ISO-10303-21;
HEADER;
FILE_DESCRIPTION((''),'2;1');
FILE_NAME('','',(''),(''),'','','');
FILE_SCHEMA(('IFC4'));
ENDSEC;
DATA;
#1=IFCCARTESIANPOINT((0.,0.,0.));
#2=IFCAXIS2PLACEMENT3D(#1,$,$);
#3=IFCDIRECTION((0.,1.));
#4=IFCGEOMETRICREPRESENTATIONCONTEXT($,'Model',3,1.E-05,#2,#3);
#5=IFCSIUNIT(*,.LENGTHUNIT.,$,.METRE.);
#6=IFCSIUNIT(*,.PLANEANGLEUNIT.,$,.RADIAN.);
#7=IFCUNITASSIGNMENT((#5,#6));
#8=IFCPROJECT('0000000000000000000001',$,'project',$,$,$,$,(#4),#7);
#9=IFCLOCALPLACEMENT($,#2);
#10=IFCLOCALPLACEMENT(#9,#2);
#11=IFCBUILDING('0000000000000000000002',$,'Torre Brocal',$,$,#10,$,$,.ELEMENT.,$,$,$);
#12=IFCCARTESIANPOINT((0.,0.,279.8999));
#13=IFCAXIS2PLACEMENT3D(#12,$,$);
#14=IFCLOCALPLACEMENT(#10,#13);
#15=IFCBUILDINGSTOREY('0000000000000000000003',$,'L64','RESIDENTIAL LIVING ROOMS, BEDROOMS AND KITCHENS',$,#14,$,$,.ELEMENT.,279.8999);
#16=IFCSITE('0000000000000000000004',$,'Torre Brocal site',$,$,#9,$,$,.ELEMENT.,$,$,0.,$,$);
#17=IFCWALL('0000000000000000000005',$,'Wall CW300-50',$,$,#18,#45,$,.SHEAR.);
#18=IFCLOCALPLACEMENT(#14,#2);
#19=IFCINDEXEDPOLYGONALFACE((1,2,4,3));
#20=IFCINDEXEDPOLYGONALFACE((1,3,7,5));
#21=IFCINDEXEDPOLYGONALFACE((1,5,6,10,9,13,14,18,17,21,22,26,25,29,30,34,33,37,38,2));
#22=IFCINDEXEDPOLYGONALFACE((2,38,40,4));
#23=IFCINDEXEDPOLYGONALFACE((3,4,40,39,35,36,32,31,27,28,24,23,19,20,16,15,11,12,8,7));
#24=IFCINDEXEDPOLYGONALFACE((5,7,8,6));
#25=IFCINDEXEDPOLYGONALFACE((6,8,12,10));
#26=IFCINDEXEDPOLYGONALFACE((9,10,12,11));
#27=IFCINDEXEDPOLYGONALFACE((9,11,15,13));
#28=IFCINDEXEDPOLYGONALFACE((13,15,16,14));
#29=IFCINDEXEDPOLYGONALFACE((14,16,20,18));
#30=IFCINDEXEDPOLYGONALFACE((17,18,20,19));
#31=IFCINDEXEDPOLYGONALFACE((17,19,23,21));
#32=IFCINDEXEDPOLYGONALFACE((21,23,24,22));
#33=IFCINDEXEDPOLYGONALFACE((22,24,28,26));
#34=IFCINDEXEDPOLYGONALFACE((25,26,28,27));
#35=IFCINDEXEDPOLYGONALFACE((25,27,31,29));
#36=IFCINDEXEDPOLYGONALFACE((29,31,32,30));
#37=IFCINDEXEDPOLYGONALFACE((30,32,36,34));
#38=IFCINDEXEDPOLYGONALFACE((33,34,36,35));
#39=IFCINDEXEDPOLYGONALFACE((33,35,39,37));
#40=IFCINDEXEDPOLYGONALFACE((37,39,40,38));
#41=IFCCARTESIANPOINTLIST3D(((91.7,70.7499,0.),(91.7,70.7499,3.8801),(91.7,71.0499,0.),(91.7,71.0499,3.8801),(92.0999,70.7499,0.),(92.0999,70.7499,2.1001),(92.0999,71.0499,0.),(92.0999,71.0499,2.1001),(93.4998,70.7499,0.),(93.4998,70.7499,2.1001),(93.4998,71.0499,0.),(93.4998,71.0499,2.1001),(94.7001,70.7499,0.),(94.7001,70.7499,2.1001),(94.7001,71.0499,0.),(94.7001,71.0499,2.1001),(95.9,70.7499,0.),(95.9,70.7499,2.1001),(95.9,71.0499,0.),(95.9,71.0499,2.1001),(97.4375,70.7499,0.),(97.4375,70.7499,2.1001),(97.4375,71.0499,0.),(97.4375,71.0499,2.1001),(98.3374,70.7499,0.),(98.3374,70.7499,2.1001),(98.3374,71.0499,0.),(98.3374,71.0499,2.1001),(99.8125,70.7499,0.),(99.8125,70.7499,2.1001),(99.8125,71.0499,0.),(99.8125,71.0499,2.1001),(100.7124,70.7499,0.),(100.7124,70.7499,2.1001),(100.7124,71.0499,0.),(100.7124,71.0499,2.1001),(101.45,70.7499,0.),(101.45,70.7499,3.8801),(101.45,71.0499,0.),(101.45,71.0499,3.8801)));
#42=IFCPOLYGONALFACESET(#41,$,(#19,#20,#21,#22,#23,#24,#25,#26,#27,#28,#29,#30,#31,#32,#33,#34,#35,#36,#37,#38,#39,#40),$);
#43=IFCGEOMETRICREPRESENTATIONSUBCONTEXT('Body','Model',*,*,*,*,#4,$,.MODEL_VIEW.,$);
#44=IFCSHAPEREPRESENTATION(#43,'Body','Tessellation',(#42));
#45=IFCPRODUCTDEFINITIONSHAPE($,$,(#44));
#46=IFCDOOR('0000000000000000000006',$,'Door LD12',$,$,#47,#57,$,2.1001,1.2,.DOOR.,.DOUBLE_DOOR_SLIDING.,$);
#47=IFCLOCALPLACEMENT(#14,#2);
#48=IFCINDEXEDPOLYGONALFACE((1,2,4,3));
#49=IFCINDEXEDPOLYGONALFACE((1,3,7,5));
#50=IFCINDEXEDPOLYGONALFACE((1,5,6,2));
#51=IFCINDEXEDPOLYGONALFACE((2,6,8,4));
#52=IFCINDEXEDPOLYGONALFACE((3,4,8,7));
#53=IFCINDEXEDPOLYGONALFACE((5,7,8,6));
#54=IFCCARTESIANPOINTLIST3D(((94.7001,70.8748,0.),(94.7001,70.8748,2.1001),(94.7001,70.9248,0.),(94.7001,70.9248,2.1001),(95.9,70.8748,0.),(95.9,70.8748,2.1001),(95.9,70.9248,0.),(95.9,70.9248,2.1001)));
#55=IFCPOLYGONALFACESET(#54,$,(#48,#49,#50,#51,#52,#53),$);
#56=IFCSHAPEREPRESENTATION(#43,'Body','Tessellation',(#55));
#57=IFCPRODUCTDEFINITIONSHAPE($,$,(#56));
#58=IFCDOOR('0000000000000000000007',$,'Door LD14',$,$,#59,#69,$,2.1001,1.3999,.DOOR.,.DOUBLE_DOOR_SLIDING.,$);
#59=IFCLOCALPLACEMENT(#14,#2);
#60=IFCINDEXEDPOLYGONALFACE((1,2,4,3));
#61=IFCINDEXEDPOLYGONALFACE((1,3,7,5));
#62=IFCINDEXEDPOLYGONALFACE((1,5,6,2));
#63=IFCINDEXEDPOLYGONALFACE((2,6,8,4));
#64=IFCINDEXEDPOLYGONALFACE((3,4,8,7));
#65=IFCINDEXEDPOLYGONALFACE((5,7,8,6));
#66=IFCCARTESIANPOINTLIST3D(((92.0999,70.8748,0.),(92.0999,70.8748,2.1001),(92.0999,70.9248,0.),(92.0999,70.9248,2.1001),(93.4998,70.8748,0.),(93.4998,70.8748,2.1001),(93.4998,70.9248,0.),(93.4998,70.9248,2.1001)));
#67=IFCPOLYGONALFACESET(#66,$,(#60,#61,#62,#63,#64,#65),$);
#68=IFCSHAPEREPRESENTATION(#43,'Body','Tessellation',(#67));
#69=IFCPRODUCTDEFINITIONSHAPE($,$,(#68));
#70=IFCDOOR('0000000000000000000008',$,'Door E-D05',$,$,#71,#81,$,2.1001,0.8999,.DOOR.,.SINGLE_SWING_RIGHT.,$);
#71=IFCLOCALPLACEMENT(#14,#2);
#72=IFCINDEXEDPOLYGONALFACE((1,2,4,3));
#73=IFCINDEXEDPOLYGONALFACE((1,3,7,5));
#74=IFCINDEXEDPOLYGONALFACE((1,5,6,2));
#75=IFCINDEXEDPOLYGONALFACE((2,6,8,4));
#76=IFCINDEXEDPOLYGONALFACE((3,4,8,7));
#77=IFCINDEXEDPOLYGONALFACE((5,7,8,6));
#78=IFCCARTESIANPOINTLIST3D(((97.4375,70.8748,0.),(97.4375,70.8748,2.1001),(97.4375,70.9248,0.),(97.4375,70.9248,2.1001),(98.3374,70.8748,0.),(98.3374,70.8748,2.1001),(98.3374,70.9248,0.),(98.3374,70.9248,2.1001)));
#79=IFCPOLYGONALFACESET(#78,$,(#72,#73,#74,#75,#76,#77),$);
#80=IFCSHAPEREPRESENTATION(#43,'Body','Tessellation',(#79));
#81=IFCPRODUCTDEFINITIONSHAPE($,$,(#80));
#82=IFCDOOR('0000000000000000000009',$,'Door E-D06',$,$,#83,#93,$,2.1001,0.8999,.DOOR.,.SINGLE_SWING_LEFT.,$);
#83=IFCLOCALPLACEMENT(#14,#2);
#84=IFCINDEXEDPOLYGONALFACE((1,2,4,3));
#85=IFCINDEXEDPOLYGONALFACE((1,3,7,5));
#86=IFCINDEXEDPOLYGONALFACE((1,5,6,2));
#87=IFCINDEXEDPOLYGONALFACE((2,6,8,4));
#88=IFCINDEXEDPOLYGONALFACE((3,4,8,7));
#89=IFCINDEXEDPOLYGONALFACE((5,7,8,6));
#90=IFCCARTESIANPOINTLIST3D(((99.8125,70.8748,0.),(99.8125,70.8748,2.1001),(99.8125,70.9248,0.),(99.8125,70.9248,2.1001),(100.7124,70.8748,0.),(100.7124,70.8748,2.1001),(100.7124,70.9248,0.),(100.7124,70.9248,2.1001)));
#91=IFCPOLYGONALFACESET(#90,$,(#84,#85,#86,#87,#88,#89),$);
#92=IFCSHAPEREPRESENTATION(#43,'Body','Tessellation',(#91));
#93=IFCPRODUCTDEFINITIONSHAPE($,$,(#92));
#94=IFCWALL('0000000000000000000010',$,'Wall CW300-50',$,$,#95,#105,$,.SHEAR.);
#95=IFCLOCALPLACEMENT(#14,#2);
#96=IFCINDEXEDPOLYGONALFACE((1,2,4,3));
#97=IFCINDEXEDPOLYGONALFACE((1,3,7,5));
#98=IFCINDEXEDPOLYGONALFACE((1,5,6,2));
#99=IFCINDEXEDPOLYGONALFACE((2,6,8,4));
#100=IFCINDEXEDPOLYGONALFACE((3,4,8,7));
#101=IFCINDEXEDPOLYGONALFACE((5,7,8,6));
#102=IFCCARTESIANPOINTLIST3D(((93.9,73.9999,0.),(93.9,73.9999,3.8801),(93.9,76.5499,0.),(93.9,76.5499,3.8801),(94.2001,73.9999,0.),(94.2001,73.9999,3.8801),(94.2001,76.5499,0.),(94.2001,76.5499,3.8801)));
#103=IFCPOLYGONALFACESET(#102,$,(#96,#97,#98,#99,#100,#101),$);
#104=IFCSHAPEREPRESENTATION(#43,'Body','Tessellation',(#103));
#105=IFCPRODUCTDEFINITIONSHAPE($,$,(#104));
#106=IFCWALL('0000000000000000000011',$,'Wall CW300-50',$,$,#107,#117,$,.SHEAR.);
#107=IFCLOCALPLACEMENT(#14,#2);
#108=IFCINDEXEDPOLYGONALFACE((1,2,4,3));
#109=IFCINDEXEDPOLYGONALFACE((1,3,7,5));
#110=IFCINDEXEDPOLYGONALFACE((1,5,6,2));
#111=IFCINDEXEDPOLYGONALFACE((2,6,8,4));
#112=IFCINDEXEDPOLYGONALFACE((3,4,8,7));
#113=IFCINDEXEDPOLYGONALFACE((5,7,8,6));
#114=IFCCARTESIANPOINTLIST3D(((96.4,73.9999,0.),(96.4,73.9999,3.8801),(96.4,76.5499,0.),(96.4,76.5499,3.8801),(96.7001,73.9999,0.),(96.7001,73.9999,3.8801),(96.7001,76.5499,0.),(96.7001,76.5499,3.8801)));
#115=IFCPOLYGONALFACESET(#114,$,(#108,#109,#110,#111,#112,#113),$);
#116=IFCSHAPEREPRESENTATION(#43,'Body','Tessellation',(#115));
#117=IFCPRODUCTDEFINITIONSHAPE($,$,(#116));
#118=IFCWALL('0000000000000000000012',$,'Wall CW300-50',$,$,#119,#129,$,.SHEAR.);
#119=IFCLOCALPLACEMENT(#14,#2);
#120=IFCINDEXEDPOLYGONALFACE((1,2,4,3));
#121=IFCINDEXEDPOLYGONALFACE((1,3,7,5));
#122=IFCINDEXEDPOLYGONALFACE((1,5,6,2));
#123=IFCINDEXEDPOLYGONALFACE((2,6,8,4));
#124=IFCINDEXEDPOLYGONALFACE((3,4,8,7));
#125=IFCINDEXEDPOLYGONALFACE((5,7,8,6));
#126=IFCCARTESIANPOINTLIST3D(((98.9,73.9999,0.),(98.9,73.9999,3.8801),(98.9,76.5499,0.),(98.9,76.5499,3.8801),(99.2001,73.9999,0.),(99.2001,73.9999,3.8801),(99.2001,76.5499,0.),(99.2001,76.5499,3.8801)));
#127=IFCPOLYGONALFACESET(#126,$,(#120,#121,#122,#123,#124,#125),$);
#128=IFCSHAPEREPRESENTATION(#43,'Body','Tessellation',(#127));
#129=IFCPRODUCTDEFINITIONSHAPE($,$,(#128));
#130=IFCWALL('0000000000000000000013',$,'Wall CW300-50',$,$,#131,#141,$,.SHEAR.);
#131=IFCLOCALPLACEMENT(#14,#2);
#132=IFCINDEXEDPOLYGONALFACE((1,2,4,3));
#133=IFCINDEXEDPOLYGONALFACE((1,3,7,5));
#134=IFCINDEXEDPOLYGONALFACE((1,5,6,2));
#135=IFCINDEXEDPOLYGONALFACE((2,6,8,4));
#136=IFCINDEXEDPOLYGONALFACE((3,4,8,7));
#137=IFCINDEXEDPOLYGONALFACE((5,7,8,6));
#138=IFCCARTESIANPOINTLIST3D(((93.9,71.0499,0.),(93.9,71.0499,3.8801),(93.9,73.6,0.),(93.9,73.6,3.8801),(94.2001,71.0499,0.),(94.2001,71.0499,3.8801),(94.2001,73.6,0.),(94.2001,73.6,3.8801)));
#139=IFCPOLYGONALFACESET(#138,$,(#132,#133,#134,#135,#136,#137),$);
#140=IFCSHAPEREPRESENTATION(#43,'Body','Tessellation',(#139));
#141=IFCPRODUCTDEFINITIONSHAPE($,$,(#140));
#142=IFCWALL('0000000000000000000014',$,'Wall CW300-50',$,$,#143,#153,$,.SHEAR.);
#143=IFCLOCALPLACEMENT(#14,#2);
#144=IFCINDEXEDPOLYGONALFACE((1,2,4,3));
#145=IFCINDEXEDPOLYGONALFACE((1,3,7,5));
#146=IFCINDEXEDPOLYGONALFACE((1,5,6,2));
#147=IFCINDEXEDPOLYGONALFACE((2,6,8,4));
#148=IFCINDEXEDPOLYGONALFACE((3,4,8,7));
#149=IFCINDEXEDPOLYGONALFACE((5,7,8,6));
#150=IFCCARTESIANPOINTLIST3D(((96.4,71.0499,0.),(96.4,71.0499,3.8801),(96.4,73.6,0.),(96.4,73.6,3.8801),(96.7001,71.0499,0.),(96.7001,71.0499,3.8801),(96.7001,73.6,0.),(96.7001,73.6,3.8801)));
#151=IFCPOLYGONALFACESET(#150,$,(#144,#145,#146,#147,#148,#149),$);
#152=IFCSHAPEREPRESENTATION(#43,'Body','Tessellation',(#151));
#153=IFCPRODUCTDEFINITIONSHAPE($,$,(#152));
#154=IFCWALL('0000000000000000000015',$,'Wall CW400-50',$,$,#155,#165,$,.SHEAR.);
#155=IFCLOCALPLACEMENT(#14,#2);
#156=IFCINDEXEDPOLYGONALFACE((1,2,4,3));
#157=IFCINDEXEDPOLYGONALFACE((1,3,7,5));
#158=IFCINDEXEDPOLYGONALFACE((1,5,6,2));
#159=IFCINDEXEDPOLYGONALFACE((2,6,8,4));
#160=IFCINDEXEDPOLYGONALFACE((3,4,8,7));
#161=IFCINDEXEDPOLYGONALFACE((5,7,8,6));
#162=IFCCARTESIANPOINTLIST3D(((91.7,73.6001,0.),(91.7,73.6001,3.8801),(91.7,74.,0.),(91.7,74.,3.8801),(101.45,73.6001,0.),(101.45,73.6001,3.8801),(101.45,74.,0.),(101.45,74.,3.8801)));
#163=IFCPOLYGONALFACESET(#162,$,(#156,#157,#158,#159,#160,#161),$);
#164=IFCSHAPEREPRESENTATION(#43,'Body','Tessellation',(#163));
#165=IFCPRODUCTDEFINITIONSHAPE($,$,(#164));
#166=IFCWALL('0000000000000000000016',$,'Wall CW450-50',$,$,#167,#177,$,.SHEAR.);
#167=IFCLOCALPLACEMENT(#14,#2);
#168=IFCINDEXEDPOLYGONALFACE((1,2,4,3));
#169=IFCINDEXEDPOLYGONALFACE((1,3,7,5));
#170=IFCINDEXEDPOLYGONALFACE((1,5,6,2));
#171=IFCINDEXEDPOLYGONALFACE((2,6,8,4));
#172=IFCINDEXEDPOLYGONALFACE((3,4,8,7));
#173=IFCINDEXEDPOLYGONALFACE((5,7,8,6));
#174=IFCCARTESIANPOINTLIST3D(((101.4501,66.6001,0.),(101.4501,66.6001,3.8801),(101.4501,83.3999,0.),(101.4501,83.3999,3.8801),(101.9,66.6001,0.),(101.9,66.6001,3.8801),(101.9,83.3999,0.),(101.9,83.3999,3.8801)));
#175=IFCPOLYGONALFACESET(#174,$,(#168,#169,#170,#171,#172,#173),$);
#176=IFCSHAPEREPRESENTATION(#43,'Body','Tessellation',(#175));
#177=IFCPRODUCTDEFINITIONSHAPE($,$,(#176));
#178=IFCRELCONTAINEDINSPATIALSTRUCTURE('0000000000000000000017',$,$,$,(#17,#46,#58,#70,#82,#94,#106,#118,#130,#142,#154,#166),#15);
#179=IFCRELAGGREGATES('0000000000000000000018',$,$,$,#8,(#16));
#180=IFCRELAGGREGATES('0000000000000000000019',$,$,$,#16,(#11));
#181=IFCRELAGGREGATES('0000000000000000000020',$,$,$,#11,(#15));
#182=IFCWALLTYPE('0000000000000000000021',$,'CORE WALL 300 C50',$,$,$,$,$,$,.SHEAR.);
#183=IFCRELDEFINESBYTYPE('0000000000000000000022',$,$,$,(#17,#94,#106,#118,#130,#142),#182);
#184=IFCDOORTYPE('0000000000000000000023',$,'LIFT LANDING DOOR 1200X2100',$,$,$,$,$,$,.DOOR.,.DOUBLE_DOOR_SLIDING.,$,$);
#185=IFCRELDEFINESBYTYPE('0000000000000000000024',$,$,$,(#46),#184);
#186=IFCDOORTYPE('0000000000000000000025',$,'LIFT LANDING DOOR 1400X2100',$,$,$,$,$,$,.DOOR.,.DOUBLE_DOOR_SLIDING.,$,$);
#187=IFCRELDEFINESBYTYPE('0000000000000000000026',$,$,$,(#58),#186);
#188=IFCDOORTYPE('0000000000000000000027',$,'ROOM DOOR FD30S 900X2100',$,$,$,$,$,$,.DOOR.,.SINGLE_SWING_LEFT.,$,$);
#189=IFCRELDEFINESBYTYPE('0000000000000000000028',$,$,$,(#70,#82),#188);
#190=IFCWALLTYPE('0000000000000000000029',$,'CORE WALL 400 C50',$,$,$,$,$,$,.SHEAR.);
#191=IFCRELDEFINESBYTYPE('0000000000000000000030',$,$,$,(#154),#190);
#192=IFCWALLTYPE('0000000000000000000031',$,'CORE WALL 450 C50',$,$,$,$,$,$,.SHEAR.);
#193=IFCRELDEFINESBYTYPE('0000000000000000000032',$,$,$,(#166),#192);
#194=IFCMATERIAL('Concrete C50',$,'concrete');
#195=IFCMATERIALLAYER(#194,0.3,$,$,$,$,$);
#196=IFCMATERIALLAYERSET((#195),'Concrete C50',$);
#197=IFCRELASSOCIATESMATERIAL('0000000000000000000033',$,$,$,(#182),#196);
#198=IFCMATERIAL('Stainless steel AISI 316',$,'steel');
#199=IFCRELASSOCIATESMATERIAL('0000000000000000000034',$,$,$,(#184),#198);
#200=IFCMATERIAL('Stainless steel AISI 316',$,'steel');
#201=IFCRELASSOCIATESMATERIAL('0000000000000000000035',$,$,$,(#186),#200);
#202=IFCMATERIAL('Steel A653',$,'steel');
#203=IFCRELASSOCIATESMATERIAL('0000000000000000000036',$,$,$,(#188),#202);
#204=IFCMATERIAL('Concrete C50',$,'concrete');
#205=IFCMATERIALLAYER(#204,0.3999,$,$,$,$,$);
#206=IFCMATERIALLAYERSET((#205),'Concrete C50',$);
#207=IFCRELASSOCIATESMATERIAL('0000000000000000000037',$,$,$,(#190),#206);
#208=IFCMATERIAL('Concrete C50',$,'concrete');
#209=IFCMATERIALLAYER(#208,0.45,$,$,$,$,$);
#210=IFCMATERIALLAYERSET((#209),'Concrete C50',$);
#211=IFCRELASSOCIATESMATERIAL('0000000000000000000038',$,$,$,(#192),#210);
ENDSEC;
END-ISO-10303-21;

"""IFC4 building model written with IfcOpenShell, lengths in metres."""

from ifc_helpers import new_model, si_unit, direction, frame, frame_2d, origin, place, context, subcontext, project, spatial, rectangle, extrude, material, layer, layer_set, type_object, element, fill, save


model = new_model("IFC4")

# Units and contexts
model_context = context("Model", 3, precision=1e-05, world=origin(), true_north=direction((0.0, 1.0)))
body_context = subcontext(model_context, "Body", "Model", "MODEL_VIEW")
ifc_project = project(units=[si_unit("LENGTHUNIT", "METRE"), si_unit("PLANEANGLEUNIT", "RADIAN")], contexts=[model_context])

# Site, building, storey
site_placement = place(None, origin())
site = spatial("IfcSite", under=ifc_project, at=site_placement, Name="Torre Brocal site", CompositionType="ELEMENT", RefElevation=0.0)
building_placement = place(site_placement, origin())
building = spatial("IfcBuilding", under=site, at=building_placement, Name="Torre Brocal", CompositionType="ELEMENT")
storey_placement = place(building_placement, frame((0.0, 0.0, 279.8999)))
storey = spatial("IfcBuildingStorey", under=building, at=storey_placement, Name="L64", Description="RESIDENTIAL LIVING ROOMS, BEDROOMS AND KITCHENS", CompositionType="ELEMENT", Elevation=279.8999)

# Shared definitions
ifc_material_1 = material(Name="Concrete C50", Category="concrete")
ifc_layer_1 = layer(ifc_material_1, 0.3)
ifc_layer_set_1 = layer_set([ifc_layer_1], Name="Concrete C50")
wall_type_1 = type_object("IfcWallType", Name="CORE WALL 300 C50", PredefinedType="SHEAR", material=ifc_layer_set_1)

# Wall, openings, doors
wall_1_placement = place(storey_placement, frame((91.7, 70.8999, 0.0), z_axis=(0.0, 0.0, 1.0), x_axis=(1.0, 0.0, 0.0)))
wall_1 = element("IfcWall", 1, at=wall_1_placement, inside=storey, type_object=wall_type_1, Name="Wall CW300-50", PredefinedType="SHEAR", context=body_context, shape_type="SweptSolid", body=[
    extrude(rectangle(XDim=9.75, YDim=0.3, at=frame_2d((4.875, 0.0))), origin(), (0.0, 0.0, 1.0), 3.8801),
])
opening_1_placement = place(wall_1_placement, frame((0.3999, 0.0, 0.0)))
opening_1 = element("IfcOpeningElement", 2, at=opening_1_placement, cuts=wall_1, PredefinedType="OPENING", context=body_context, shape_type="SweptSolid", body=[
    extrude(rectangle(XDim=1.3999, YDim=2.1001, at=frame_2d((0.7, 1.05))), frame((0.0, 0.1599, 0.0), z_axis=(0.0, -1.0, 0.0), x_axis=(1.0, 0.0, 0.0)), (0.0, 0.0, 1.0), 0.3201),
])
opening_2_placement = place(wall_1_placement, frame((3.0, 0.0, 0.0)))
opening_2 = element("IfcOpeningElement", 3, at=opening_2_placement, cuts=wall_1, PredefinedType="OPENING", context=body_context, shape_type="SweptSolid", body=[
    extrude(rectangle(XDim=1.2, YDim=2.1001, at=frame_2d((0.6001, 1.05))), frame((0.0, 0.1599, 0.0), z_axis=(0.0, -1.0, 0.0), x_axis=(1.0, 0.0, 0.0)), (0.0, 0.0, 1.0), 0.3201),
])
opening_3_placement = place(wall_1_placement, frame((5.7375, 0.0, 0.0)))
opening_3 = element("IfcOpeningElement", 4, at=opening_3_placement, cuts=wall_1, PredefinedType="OPENING", context=body_context, shape_type="SweptSolid", body=[
    extrude(rectangle(XDim=0.8999, YDim=2.1001, at=frame_2d((0.45, 1.05))), frame((0.0, 0.1599, 0.0), z_axis=(0.0, -1.0, 0.0), x_axis=(1.0, 0.0, 0.0)), (0.0, 0.0, 1.0), 0.3201),
])
opening_4_placement = place(wall_1_placement, frame((8.1125, 0.0, 0.0)))
opening_4 = element("IfcOpeningElement", 5, at=opening_4_placement, cuts=wall_1, PredefinedType="OPENING", context=body_context, shape_type="SweptSolid", body=[
    extrude(rectangle(XDim=0.8999, YDim=2.1001, at=frame_2d((0.45, 1.05))), frame((0.0, 0.1599, 0.0), z_axis=(0.0, -1.0, 0.0), x_axis=(1.0, 0.0, 0.0)), (0.0, 0.0, 1.0), 0.3201),
])
ifc_material_2 = material(Name="Stainless steel AISI 316", Category="steel")
door_type_1 = type_object("IfcDoorType", Name="LIFT LANDING DOOR 1200X2100", OperationType="DOUBLE_DOOR_SLIDING", PredefinedType="DOOR", material=ifc_material_2)
door_1_placement = place(opening_2_placement, origin())
door_1 = element("IfcDoor", 6, at=door_1_placement, inside=storey, type_object=door_type_1, Name="Door LD12", OperationType="DOUBLE_DOOR_SLIDING", OverallHeight=2.1001, OverallWidth=1.2, PredefinedType="DOOR", context=body_context, shape_type="SweptSolid", body=[
    extrude(rectangle(XDim=1.2, YDim=2.1001, at=frame_2d((0.6001, 1.05))), frame((0.0, 0.0249, 0.0), z_axis=(0.0, -1.0, 0.0), x_axis=(1.0, 0.0, 0.0)), (0.0, 0.0, 1.0), 0.05),
])
fill(opening_2, door_1)
ifc_material_3 = material(Name="Stainless steel AISI 316", Category="steel")
door_type_2 = type_object("IfcDoorType", Name="LIFT LANDING DOOR 1400X2100", OperationType="DOUBLE_DOOR_SLIDING", PredefinedType="DOOR", material=ifc_material_3)
door_2_placement = place(opening_1_placement, origin())
door_2 = element("IfcDoor", 7, at=door_2_placement, inside=storey, type_object=door_type_2, Name="Door LD14", OperationType="DOUBLE_DOOR_SLIDING", OverallHeight=2.1001, OverallWidth=1.3999, PredefinedType="DOOR", context=body_context, shape_type="SweptSolid", body=[
    extrude(rectangle(XDim=1.3999, YDim=2.1001, at=frame_2d((0.7, 1.05))), frame((0.0, 0.0249, 0.0), z_axis=(0.0, -1.0, 0.0), x_axis=(1.0, 0.0, 0.0)), (0.0, 0.0, 1.0), 0.05),
])
fill(opening_1, door_2)
ifc_material_4 = material(Name="Steel A653", Category="steel")
door_type_3 = type_object("IfcDoorType", Name="ROOM DOOR FD30S 900X2100", OperationType="SINGLE_SWING_LEFT", PredefinedType="DOOR", material=ifc_material_4)
door_3_placement = place(opening_3_placement, origin())
door_3 = element("IfcDoor", 8, at=door_3_placement, inside=storey, type_object=door_type_3, Name="Door E-D05", OperationType="SINGLE_SWING_RIGHT", OverallHeight=2.1001, OverallWidth=0.8999, PredefinedType="DOOR", context=body_context, shape_type="SweptSolid", body=[
    extrude(rectangle(XDim=0.8999, YDim=2.1001, at=frame_2d((0.45, 1.05))), frame((0.0, 0.0249, 0.0), z_axis=(0.0, -1.0, 0.0), x_axis=(1.0, 0.0, 0.0)), (0.0, 0.0, 1.0), 0.05),
])
fill(opening_3, door_3)
door_4_placement = place(opening_4_placement, origin())
door_4 = element("IfcDoor", 9, at=door_4_placement, inside=storey, type_object=door_type_3, Name="Door E-D06", OperationType="SINGLE_SWING_LEFT", OverallHeight=2.1001, OverallWidth=0.8999, PredefinedType="DOOR", context=body_context, shape_type="SweptSolid", body=[
    extrude(rectangle(XDim=0.8999, YDim=2.1001, at=frame_2d((0.45, 1.05))), frame((0.0, 0.0249, 0.0), z_axis=(0.0, -1.0, 0.0), x_axis=(1.0, 0.0, 0.0)), (0.0, 0.0, 1.0), 0.05),
])
fill(opening_4, door_4)

# Walls
for number, where, z_axis, x_axis, name in (
    (10, (94.05, 74.0, 0.0), (0.0, 0.0, 1.0), (0.0, 1.0, 0.0), "Wall CW300-50"),
    (11, (96.55, 74.0, 0.0), (0.0, 0.0, 1.0), (0.0, 1.0, 0.0), "Wall CW300-50"),
    (12, (99.05, 74.0, 0.0), (0.0, 0.0, 1.0), (0.0, 1.0, 0.0), "Wall CW300-50"),
    (13, (94.05, 71.05, 0.0), (0.0, 0.0, 1.0), (0.0, 1.0, 0.0), "Wall CW300-50"),
    (14, (96.55, 71.05, 0.0), (0.0, 0.0, 1.0), (0.0, 1.0, 0.0), "Wall CW300-50"),
):
    element("IfcWall", number, at=place(storey_placement, frame(where, z_axis=z_axis, x_axis=x_axis)), inside=storey, type_object=wall_type_1, Name=name, PredefinedType="SHEAR", context=body_context, shape_type="SweptSolid", body=[
        extrude(rectangle(XDim=2.55, YDim=0.3, at=frame_2d((1.2749, 0.0))), origin(), (0.0, 0.0, 1.0), 3.8801),
    ])
ifc_material_5 = material(Name="Concrete C50", Category="concrete")
ifc_layer_2 = layer(ifc_material_5, 0.3999)
ifc_layer_set_2 = layer_set([ifc_layer_2], Name="Concrete C50")
wall_type_2 = type_object("IfcWallType", Name="CORE WALL 400 C50", PredefinedType="SHEAR", material=ifc_layer_set_2)
wall_2_placement = place(storey_placement, frame((91.7, 73.8, 0.0), z_axis=(0.0, 0.0, 1.0), x_axis=(1.0, 0.0, 0.0)))
element("IfcWall", 15, at=wall_2_placement, inside=storey, type_object=wall_type_2, Name="Wall CW400-50", PredefinedType="SHEAR", context=body_context, shape_type="SweptSolid", body=[
    extrude(rectangle(XDim=9.75, YDim=0.3999, at=frame_2d((4.875, 0.0))), origin(), (0.0, 0.0, 1.0), 3.8801),
])
ifc_material_6 = material(Name="Concrete C50", Category="concrete")
ifc_layer_3 = layer(ifc_material_6, 0.45)
ifc_layer_set_3 = layer_set([ifc_layer_3], Name="Concrete C50")
wall_type_3 = type_object("IfcWallType", Name="CORE WALL 450 C50", PredefinedType="SHEAR", material=ifc_layer_set_3)
wall_3_placement = place(storey_placement, frame((101.675, 66.6001, 0.0), z_axis=(0.0, 0.0, 1.0), x_axis=(0.0, 1.0, 0.0)))
element("IfcWall", 16, at=wall_3_placement, inside=storey, type_object=wall_type_3, Name="Wall CW450-50", PredefinedType="SHEAR", context=body_context, shape_type="SweptSolid", body=[
    extrude(rectangle(XDim=16.7998, YDim=0.45, at=frame_2d((8.3999, 0.0))), origin(), (0.0, 0.0, 1.0), 3.8801),
])

save(model, "model.ifc")
